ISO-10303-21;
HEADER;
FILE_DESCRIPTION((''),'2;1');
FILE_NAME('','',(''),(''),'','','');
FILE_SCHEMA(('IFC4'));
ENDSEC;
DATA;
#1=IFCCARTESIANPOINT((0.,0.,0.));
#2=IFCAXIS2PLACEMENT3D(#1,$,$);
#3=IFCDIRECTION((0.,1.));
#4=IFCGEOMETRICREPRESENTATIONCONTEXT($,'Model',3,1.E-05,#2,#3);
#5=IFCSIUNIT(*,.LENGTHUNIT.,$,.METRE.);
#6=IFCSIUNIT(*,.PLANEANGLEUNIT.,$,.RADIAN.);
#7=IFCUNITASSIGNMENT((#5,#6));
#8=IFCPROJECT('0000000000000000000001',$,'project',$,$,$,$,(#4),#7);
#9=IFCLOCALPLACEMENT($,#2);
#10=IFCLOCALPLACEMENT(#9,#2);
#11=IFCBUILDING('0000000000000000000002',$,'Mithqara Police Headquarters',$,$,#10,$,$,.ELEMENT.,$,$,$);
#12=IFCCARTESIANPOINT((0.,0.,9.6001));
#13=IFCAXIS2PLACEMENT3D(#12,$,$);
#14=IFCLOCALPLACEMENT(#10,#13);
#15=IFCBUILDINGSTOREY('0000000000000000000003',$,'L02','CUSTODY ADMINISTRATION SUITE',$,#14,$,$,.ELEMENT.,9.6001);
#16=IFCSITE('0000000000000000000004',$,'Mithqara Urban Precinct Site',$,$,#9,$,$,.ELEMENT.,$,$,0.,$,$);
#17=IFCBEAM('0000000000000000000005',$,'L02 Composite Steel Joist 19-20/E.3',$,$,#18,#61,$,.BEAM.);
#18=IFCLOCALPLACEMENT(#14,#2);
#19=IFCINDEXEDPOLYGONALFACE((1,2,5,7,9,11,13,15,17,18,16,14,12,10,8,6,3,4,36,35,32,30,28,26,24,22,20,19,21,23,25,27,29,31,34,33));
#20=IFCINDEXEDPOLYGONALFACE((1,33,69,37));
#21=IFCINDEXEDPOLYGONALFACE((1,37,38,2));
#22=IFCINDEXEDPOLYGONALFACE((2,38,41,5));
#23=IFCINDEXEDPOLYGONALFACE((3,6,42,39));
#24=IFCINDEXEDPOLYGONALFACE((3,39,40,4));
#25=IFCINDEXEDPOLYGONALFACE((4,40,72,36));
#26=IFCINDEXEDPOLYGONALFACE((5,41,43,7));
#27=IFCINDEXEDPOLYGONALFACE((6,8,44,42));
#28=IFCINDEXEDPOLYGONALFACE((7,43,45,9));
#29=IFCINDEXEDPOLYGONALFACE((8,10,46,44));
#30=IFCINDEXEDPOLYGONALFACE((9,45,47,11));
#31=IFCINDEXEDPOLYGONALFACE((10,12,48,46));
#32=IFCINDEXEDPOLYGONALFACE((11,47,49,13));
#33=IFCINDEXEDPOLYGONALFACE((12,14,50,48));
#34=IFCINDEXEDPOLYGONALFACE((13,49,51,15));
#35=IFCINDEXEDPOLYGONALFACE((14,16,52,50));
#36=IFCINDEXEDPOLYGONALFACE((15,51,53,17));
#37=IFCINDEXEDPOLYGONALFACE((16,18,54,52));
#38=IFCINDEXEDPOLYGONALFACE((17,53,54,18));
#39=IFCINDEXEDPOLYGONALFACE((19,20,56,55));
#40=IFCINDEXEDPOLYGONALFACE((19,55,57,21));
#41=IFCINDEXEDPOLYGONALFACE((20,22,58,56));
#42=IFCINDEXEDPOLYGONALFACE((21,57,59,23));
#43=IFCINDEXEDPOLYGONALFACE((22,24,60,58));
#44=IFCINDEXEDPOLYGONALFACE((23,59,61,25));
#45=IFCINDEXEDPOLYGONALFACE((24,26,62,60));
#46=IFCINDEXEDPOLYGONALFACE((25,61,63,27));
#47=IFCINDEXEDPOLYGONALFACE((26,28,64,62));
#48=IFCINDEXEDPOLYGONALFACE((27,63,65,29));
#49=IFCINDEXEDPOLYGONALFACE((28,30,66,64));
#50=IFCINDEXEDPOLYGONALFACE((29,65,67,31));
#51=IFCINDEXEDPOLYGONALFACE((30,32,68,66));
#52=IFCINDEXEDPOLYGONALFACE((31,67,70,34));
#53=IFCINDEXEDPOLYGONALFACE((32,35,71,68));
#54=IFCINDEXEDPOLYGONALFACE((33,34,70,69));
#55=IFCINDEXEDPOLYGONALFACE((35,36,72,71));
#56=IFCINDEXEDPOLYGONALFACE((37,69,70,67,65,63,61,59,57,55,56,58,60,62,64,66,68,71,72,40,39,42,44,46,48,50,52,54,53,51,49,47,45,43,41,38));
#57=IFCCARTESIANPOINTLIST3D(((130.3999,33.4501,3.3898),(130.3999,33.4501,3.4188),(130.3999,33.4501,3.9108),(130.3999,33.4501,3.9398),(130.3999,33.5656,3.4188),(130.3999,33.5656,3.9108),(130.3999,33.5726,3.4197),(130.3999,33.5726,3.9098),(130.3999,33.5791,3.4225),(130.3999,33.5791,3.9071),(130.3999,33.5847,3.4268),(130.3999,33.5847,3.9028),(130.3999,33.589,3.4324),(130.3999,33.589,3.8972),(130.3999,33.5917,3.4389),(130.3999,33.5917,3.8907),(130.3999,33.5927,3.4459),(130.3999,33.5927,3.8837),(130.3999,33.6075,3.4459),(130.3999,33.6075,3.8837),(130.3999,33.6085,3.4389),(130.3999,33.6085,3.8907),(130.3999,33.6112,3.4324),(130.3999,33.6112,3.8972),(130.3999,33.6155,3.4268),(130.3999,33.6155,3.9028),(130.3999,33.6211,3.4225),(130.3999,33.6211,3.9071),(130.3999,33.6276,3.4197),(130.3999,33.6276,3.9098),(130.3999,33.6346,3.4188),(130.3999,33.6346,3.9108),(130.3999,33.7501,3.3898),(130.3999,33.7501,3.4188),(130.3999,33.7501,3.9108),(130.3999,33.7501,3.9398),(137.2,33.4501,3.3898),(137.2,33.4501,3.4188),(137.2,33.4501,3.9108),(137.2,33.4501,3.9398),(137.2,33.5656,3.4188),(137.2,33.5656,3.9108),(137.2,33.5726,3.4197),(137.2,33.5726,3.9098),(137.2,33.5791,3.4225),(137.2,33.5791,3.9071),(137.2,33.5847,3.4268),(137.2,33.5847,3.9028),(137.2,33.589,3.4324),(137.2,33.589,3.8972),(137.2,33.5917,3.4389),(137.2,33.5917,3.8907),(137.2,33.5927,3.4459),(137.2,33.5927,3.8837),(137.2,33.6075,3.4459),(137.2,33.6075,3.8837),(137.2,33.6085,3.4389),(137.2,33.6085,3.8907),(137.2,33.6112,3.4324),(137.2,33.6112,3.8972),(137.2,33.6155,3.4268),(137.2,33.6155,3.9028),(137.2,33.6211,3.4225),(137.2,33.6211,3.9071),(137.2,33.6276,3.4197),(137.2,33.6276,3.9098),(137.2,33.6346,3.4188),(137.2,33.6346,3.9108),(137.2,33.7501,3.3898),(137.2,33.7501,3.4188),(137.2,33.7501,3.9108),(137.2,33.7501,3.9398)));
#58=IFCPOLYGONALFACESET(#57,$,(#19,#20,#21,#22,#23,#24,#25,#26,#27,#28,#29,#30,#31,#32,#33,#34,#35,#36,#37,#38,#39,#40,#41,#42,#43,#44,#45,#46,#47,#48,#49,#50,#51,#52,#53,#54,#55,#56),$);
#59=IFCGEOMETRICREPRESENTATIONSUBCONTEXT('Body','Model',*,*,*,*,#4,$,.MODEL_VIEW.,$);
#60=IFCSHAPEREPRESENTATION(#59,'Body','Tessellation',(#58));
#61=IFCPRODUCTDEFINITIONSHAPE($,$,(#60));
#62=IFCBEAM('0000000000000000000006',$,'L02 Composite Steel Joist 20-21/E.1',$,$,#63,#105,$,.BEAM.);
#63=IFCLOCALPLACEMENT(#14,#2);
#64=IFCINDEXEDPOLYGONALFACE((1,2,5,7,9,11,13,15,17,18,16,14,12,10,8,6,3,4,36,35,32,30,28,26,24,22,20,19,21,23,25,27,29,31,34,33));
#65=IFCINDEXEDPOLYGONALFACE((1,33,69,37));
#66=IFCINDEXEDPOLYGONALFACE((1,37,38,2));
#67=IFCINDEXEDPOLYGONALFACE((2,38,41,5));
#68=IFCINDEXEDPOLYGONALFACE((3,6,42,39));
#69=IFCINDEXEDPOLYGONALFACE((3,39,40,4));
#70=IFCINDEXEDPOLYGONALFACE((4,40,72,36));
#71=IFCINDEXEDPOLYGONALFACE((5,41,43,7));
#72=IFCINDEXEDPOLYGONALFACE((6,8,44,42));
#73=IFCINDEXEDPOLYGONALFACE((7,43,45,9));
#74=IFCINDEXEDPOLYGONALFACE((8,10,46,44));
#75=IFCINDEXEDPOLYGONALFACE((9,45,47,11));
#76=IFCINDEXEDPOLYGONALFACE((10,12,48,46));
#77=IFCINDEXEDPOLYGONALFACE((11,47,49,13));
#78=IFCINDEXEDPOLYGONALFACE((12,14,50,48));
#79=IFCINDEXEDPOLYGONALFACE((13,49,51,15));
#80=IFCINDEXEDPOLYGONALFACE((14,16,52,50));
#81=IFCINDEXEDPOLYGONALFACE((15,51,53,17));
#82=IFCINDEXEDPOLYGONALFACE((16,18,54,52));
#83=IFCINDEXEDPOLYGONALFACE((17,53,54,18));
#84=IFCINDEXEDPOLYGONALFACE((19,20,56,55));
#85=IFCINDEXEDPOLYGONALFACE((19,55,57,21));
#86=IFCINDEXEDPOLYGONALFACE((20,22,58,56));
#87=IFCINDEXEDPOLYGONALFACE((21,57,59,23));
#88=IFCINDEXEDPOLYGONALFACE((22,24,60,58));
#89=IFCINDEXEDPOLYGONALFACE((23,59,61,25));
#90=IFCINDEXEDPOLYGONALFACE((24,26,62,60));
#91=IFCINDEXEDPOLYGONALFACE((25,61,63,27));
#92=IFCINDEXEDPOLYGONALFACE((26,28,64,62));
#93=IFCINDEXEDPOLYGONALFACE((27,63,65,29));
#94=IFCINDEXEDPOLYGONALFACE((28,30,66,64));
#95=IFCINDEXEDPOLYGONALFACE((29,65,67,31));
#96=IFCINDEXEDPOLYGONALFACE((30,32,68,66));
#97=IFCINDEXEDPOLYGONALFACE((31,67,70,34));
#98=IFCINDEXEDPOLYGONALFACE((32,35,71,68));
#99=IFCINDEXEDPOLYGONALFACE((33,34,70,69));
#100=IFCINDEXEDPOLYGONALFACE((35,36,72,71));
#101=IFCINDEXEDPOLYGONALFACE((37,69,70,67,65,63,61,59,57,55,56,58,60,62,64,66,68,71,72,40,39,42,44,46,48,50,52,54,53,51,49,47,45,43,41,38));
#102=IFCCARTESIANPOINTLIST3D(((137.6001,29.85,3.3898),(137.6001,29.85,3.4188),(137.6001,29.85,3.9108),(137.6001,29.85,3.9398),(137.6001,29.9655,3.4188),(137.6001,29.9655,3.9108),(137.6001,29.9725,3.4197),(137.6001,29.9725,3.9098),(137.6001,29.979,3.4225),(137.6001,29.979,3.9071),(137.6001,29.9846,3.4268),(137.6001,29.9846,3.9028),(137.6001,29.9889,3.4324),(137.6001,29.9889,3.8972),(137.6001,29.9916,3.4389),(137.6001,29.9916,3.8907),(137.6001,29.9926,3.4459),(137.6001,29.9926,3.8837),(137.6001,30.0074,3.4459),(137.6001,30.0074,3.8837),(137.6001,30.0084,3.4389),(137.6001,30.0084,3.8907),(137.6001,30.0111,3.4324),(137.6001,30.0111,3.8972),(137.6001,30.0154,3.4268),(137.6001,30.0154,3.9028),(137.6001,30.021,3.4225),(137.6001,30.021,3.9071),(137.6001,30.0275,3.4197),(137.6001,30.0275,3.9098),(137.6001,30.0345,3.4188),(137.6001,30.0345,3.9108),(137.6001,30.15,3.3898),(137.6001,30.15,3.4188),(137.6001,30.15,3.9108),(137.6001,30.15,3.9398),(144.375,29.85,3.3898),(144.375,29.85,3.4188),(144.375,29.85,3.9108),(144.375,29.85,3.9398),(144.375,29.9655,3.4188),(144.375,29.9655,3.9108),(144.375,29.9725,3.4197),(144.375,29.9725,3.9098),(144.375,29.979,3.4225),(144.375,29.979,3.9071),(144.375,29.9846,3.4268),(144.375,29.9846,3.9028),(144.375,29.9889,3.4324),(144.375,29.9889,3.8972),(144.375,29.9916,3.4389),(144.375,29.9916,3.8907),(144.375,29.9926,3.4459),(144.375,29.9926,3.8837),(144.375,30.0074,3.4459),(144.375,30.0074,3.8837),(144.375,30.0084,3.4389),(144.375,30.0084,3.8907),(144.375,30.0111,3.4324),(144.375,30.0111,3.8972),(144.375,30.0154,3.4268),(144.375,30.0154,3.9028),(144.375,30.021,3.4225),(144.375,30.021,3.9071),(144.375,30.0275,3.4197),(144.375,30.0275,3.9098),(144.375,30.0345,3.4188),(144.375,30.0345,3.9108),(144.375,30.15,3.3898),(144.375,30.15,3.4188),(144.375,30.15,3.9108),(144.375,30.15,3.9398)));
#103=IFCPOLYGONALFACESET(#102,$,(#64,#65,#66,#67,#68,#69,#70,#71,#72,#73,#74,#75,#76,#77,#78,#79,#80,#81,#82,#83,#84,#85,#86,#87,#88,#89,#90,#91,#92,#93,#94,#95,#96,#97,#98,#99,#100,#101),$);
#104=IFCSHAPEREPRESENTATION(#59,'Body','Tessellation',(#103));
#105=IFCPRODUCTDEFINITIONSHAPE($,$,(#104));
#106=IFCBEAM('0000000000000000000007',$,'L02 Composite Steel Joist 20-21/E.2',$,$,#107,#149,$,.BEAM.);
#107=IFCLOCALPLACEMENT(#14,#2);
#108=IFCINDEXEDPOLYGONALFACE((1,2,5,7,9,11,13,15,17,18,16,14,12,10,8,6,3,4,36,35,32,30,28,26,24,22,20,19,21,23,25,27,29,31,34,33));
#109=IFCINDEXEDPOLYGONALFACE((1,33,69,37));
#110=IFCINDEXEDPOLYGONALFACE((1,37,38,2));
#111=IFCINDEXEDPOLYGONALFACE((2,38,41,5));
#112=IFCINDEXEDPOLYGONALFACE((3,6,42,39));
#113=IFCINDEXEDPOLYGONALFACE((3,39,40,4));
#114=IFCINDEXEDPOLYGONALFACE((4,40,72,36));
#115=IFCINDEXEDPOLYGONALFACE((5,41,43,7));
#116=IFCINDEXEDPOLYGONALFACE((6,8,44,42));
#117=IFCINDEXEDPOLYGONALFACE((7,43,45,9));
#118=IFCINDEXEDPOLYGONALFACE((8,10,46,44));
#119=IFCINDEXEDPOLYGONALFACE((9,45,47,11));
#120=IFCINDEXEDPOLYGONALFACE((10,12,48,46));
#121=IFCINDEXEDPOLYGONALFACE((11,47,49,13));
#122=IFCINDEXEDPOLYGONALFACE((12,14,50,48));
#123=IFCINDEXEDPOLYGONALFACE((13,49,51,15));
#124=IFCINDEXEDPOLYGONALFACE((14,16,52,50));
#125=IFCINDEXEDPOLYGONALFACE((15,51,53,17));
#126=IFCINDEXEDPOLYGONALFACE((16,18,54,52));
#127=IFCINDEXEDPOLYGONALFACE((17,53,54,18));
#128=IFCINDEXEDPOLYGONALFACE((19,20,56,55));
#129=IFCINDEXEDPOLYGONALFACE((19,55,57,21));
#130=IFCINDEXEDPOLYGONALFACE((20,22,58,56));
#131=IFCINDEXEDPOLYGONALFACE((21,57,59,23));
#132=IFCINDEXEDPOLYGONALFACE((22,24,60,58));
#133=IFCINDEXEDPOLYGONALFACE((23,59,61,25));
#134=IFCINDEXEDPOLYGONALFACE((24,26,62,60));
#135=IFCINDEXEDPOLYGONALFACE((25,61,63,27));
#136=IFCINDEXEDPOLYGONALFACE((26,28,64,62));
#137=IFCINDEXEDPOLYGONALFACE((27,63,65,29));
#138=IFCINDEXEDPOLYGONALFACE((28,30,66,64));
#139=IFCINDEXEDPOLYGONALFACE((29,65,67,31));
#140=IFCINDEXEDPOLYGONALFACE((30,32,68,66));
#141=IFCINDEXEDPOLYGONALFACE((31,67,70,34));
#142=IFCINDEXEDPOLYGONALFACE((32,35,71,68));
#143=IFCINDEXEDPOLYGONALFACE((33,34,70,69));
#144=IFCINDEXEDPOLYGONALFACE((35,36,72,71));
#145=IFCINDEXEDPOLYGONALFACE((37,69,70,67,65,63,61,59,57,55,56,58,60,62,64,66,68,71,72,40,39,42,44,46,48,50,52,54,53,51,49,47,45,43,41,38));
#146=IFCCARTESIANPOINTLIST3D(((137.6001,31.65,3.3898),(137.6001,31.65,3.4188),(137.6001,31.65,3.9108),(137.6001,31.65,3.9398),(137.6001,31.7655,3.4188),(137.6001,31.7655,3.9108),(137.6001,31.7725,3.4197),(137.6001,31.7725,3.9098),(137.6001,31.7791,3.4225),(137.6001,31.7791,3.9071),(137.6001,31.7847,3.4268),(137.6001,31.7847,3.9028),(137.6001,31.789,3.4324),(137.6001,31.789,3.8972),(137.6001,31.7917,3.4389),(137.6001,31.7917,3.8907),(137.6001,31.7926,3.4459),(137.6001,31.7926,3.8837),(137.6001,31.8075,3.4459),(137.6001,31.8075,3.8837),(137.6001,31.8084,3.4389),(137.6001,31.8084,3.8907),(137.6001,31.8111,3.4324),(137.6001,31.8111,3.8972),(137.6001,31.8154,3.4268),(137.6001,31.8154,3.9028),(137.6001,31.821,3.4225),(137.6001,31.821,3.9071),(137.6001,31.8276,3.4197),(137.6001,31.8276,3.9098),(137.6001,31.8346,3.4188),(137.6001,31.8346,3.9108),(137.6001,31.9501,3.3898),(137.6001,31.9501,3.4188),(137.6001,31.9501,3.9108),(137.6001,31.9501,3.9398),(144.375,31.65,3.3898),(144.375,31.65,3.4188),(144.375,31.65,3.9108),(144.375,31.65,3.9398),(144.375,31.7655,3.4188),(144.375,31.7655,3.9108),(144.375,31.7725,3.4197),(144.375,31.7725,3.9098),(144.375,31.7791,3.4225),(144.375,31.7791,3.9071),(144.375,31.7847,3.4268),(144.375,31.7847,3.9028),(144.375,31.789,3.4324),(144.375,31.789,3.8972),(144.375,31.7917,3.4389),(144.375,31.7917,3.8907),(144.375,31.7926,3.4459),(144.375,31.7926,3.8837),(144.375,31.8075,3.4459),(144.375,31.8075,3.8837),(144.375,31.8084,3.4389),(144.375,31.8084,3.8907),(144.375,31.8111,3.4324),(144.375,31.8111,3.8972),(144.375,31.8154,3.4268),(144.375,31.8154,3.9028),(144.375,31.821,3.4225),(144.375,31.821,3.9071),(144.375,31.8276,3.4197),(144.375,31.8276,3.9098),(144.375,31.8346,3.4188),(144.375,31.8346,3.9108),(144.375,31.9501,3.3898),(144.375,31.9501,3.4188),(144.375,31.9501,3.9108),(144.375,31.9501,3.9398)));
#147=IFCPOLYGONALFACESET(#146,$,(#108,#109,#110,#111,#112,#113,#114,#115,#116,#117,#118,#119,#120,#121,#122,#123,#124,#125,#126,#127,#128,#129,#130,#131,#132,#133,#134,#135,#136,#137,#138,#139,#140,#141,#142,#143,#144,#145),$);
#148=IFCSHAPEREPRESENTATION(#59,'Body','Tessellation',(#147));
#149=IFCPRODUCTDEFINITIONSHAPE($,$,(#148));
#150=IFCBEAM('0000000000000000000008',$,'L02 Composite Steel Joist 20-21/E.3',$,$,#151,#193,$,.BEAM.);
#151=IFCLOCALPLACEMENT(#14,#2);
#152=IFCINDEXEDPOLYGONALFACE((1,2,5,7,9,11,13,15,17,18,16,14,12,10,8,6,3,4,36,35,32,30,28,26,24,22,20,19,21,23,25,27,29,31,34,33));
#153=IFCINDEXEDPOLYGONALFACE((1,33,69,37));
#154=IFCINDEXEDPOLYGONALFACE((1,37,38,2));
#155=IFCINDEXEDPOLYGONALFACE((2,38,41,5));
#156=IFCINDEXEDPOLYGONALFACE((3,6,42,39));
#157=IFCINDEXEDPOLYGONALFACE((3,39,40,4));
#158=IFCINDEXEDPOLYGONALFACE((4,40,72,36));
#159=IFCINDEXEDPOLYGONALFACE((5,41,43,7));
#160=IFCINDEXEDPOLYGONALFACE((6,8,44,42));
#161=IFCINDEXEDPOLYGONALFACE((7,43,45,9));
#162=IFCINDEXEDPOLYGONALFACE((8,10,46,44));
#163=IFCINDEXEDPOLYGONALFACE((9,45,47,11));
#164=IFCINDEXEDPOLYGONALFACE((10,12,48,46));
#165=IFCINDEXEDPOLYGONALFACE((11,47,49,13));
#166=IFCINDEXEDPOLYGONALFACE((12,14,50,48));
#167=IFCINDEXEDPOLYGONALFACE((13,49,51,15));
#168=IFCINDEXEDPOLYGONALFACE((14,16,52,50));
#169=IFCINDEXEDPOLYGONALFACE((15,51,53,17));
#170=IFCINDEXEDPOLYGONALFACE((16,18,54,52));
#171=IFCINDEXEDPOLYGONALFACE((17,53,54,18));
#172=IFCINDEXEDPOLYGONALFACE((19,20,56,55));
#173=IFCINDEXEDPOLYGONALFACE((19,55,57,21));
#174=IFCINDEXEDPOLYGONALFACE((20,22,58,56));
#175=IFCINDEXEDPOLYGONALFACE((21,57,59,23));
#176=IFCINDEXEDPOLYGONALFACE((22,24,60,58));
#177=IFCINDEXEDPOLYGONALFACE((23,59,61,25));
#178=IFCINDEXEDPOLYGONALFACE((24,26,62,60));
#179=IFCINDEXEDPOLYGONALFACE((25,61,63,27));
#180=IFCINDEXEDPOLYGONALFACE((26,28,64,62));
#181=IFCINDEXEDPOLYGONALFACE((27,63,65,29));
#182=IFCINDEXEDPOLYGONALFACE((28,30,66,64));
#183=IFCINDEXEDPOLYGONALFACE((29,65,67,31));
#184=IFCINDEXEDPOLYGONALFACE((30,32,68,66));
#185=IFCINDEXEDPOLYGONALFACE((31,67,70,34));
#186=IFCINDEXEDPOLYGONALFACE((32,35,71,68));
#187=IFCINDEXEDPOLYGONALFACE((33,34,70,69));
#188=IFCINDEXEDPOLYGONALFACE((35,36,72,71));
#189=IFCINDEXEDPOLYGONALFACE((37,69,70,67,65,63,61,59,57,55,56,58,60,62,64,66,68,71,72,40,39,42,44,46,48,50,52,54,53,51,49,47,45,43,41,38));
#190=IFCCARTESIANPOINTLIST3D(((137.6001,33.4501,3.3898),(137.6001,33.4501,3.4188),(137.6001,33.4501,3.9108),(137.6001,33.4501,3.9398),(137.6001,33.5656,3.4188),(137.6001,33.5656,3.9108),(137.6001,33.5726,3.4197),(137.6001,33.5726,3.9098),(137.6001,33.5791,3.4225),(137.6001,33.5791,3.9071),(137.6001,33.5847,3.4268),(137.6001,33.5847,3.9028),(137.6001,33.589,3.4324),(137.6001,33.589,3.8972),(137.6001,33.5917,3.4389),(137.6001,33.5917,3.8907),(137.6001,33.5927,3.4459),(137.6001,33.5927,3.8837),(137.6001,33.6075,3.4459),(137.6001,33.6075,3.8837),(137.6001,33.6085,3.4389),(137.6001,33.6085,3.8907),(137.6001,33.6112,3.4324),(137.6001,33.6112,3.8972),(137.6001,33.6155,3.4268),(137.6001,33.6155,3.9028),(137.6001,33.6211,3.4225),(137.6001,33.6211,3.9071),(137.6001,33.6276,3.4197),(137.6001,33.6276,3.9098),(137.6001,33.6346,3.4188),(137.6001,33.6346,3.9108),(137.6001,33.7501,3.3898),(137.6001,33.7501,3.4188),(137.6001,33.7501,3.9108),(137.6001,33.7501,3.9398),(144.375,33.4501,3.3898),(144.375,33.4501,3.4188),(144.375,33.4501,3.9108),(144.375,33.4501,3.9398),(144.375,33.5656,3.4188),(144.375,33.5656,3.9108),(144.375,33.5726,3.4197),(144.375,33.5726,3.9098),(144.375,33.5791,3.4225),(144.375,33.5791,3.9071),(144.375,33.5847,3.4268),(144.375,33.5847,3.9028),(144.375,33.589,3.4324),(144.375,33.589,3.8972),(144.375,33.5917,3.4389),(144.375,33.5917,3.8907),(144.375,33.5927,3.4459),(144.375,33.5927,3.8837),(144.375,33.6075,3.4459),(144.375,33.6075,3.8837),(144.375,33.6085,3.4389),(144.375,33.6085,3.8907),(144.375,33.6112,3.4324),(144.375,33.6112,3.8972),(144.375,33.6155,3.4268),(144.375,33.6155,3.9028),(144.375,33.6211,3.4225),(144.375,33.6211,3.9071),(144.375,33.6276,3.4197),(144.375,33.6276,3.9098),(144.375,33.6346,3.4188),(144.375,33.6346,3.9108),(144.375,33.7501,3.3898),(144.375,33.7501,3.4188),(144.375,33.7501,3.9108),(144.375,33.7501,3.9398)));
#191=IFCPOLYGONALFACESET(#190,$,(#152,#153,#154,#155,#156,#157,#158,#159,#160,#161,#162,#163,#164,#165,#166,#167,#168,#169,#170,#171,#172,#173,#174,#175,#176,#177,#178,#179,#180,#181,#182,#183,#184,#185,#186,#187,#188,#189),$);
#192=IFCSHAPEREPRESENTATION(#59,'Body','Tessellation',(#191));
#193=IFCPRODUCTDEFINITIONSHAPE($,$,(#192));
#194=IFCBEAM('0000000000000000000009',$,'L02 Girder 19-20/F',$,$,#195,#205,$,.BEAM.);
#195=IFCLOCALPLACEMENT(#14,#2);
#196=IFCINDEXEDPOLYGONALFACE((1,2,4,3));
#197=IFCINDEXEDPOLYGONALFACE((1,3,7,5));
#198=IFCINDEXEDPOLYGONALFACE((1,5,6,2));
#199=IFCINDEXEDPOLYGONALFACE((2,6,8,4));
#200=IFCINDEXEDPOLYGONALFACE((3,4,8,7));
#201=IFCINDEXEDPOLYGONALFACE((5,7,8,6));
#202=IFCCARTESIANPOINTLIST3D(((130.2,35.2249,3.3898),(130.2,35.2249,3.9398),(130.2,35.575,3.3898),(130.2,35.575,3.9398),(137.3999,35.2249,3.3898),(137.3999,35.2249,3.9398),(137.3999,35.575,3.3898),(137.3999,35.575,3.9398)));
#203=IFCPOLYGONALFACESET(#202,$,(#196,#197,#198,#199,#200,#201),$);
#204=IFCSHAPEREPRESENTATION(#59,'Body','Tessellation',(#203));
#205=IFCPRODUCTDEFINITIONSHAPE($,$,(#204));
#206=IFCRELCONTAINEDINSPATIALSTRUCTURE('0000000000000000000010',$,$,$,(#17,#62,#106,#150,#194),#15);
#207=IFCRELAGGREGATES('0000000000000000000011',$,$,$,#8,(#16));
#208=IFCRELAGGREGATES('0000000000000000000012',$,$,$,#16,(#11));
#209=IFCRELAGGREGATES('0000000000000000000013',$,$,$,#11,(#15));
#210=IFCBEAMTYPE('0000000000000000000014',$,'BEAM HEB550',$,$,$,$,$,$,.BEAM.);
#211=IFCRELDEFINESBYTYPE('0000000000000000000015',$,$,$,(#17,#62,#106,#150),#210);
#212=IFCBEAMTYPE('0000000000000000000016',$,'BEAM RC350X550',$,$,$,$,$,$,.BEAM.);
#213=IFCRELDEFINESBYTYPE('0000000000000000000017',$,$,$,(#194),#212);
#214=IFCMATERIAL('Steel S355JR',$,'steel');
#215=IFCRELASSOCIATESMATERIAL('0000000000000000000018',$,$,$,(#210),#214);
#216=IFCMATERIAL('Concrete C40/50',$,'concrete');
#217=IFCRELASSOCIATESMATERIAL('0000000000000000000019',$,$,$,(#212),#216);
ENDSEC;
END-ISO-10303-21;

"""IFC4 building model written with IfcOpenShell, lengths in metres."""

from ifc_helpers import new_model, si_unit, direction, frame, origin, origin_2d, place, context, subcontext, project, spatial, rectangle, i_section, extrude, material, material_profile, profile_set, type_object, element, save


model = new_model("IFC4")

# Units and contexts
model_context = context("Model", 3, precision=1e-05, world=origin(), true_north=direction((0.0, 1.0)))
body_context = subcontext(model_context, "Body", "Model", "MODEL_VIEW")
ifc_project = project(units=[si_unit("LENGTHUNIT", "METRE"), si_unit("PLANEANGLEUNIT", "RADIAN")], contexts=[model_context])

# Site, building, storey
site_placement = place(None, origin())
site = spatial("IfcSite", under=ifc_project, at=site_placement, Name="Mithqara Urban Precinct Site", CompositionType="ELEMENT", RefElevation=0.0)
building_placement = place(site_placement, origin())
building = spatial("IfcBuilding", under=site, at=building_placement, Name="Mithqara Police Headquarters", CompositionType="ELEMENT")
storey_placement = place(building_placement, frame((0.0, 0.0, 9.6001)))
storey = spatial("IfcBuildingStorey", under=building, at=storey_placement, Name="L02", Description="CUSTODY ADMINISTRATION SUITE", CompositionType="ELEMENT", Elevation=9.6001)

# Beams
ifc_material_1 = material(Name="Steel S355JR", Category="steel")
ifc_material_profile_1 = material_profile(ifc_material_1, i_section(OverallWidth=0.3, OverallDepth=0.55, WebThickness=0.0149, FlangeThickness=0.0291, FilletRadius=0.0271, at=origin_2d()), Name="HEB 550")
ifc_profile_set_1 = profile_set([ifc_material_profile_1], Name="Steel S355JR")
beam_type_1 = type_object("IfcBeamType", Name="BEAM HEB550", PredefinedType="BEAM", material=ifc_profile_set_1)
for number, where, z_axis, x_axis, name in (
    (1, (130.3999, 33.6001, 3.6648), (1.0, 0.0, 0.0), (0.0, 1.0, 0.0), "L02 Composite Steel Joist 19-20/E.3"),
):
    element("IfcBeam", number, at=place(storey_placement, frame(where, z_axis=z_axis, x_axis=x_axis)), inside=storey, type_object=beam_type_1, Name=name, PredefinedType="BEAM", context=body_context, shape_type="SweptSolid", body=[
        extrude(i_section(OverallWidth=0.3, OverallDepth=0.55, WebThickness=0.0149, FlangeThickness=0.0291, FilletRadius=0.0271, at=origin_2d()), origin(), (0.0, 0.0, 1.0), 6.8),
    ])
for number, where, z_axis, x_axis, name in (
    (2, (137.6001, 30.0, 3.6648), (1.0, 0.0, 0.0), (0.0, 1.0, 0.0), "L02 Composite Steel Joist 20-21/E.1"),
    (3, (137.6001, 31.8, 3.6648), (1.0, 0.0, 0.0), (0.0, 1.0, 0.0), "L02 Composite Steel Joist 20-21/E.2"),
    (4, (137.6001, 33.6001, 3.6648), (1.0, 0.0, 0.0), (0.0, 1.0, 0.0), "L02 Composite Steel Joist 20-21/E.3"),
):
    element("IfcBeam", number, at=place(storey_placement, frame(where, z_axis=z_axis, x_axis=x_axis)), inside=storey, type_object=beam_type_1, Name=name, PredefinedType="BEAM", context=body_context, shape_type="SweptSolid", body=[
        extrude(i_section(OverallWidth=0.3, OverallDepth=0.55, WebThickness=0.0149, FlangeThickness=0.0291, FilletRadius=0.0271, at=origin_2d()), origin(), (0.0, 0.0, 1.0), 6.7749),
    ])
ifc_material_2 = material(Name="Concrete C40/50", Category="concrete")
ifc_material_profile_2 = material_profile(ifc_material_2, rectangle(XDim=0.3501, YDim=0.55, at=origin_2d()), Name="RC 350x550")
ifc_profile_set_2 = profile_set([ifc_material_profile_2], Name="Concrete C40/50")
beam_type_2 = type_object("IfcBeamType", Name="BEAM RC350X550", PredefinedType="BEAM", material=ifc_profile_set_2)
beam_1_placement = place(storey_placement, frame((130.2, 35.3999, 3.6648), z_axis=(1.0, 0.0, 0.0), x_axis=(0.0, 1.0, 0.0)))
element("IfcBeam", 5, at=beam_1_placement, inside=storey, type_object=beam_type_2, Name="L02 Girder 19-20/F", PredefinedType="BEAM", context=body_context, shape_type="SweptSolid", body=[
    extrude(rectangle(XDim=0.3501, YDim=0.55, at=origin_2d()), origin(), (0.0, 0.0, 1.0), 7.2),
])

save(model, "model.ifc")
